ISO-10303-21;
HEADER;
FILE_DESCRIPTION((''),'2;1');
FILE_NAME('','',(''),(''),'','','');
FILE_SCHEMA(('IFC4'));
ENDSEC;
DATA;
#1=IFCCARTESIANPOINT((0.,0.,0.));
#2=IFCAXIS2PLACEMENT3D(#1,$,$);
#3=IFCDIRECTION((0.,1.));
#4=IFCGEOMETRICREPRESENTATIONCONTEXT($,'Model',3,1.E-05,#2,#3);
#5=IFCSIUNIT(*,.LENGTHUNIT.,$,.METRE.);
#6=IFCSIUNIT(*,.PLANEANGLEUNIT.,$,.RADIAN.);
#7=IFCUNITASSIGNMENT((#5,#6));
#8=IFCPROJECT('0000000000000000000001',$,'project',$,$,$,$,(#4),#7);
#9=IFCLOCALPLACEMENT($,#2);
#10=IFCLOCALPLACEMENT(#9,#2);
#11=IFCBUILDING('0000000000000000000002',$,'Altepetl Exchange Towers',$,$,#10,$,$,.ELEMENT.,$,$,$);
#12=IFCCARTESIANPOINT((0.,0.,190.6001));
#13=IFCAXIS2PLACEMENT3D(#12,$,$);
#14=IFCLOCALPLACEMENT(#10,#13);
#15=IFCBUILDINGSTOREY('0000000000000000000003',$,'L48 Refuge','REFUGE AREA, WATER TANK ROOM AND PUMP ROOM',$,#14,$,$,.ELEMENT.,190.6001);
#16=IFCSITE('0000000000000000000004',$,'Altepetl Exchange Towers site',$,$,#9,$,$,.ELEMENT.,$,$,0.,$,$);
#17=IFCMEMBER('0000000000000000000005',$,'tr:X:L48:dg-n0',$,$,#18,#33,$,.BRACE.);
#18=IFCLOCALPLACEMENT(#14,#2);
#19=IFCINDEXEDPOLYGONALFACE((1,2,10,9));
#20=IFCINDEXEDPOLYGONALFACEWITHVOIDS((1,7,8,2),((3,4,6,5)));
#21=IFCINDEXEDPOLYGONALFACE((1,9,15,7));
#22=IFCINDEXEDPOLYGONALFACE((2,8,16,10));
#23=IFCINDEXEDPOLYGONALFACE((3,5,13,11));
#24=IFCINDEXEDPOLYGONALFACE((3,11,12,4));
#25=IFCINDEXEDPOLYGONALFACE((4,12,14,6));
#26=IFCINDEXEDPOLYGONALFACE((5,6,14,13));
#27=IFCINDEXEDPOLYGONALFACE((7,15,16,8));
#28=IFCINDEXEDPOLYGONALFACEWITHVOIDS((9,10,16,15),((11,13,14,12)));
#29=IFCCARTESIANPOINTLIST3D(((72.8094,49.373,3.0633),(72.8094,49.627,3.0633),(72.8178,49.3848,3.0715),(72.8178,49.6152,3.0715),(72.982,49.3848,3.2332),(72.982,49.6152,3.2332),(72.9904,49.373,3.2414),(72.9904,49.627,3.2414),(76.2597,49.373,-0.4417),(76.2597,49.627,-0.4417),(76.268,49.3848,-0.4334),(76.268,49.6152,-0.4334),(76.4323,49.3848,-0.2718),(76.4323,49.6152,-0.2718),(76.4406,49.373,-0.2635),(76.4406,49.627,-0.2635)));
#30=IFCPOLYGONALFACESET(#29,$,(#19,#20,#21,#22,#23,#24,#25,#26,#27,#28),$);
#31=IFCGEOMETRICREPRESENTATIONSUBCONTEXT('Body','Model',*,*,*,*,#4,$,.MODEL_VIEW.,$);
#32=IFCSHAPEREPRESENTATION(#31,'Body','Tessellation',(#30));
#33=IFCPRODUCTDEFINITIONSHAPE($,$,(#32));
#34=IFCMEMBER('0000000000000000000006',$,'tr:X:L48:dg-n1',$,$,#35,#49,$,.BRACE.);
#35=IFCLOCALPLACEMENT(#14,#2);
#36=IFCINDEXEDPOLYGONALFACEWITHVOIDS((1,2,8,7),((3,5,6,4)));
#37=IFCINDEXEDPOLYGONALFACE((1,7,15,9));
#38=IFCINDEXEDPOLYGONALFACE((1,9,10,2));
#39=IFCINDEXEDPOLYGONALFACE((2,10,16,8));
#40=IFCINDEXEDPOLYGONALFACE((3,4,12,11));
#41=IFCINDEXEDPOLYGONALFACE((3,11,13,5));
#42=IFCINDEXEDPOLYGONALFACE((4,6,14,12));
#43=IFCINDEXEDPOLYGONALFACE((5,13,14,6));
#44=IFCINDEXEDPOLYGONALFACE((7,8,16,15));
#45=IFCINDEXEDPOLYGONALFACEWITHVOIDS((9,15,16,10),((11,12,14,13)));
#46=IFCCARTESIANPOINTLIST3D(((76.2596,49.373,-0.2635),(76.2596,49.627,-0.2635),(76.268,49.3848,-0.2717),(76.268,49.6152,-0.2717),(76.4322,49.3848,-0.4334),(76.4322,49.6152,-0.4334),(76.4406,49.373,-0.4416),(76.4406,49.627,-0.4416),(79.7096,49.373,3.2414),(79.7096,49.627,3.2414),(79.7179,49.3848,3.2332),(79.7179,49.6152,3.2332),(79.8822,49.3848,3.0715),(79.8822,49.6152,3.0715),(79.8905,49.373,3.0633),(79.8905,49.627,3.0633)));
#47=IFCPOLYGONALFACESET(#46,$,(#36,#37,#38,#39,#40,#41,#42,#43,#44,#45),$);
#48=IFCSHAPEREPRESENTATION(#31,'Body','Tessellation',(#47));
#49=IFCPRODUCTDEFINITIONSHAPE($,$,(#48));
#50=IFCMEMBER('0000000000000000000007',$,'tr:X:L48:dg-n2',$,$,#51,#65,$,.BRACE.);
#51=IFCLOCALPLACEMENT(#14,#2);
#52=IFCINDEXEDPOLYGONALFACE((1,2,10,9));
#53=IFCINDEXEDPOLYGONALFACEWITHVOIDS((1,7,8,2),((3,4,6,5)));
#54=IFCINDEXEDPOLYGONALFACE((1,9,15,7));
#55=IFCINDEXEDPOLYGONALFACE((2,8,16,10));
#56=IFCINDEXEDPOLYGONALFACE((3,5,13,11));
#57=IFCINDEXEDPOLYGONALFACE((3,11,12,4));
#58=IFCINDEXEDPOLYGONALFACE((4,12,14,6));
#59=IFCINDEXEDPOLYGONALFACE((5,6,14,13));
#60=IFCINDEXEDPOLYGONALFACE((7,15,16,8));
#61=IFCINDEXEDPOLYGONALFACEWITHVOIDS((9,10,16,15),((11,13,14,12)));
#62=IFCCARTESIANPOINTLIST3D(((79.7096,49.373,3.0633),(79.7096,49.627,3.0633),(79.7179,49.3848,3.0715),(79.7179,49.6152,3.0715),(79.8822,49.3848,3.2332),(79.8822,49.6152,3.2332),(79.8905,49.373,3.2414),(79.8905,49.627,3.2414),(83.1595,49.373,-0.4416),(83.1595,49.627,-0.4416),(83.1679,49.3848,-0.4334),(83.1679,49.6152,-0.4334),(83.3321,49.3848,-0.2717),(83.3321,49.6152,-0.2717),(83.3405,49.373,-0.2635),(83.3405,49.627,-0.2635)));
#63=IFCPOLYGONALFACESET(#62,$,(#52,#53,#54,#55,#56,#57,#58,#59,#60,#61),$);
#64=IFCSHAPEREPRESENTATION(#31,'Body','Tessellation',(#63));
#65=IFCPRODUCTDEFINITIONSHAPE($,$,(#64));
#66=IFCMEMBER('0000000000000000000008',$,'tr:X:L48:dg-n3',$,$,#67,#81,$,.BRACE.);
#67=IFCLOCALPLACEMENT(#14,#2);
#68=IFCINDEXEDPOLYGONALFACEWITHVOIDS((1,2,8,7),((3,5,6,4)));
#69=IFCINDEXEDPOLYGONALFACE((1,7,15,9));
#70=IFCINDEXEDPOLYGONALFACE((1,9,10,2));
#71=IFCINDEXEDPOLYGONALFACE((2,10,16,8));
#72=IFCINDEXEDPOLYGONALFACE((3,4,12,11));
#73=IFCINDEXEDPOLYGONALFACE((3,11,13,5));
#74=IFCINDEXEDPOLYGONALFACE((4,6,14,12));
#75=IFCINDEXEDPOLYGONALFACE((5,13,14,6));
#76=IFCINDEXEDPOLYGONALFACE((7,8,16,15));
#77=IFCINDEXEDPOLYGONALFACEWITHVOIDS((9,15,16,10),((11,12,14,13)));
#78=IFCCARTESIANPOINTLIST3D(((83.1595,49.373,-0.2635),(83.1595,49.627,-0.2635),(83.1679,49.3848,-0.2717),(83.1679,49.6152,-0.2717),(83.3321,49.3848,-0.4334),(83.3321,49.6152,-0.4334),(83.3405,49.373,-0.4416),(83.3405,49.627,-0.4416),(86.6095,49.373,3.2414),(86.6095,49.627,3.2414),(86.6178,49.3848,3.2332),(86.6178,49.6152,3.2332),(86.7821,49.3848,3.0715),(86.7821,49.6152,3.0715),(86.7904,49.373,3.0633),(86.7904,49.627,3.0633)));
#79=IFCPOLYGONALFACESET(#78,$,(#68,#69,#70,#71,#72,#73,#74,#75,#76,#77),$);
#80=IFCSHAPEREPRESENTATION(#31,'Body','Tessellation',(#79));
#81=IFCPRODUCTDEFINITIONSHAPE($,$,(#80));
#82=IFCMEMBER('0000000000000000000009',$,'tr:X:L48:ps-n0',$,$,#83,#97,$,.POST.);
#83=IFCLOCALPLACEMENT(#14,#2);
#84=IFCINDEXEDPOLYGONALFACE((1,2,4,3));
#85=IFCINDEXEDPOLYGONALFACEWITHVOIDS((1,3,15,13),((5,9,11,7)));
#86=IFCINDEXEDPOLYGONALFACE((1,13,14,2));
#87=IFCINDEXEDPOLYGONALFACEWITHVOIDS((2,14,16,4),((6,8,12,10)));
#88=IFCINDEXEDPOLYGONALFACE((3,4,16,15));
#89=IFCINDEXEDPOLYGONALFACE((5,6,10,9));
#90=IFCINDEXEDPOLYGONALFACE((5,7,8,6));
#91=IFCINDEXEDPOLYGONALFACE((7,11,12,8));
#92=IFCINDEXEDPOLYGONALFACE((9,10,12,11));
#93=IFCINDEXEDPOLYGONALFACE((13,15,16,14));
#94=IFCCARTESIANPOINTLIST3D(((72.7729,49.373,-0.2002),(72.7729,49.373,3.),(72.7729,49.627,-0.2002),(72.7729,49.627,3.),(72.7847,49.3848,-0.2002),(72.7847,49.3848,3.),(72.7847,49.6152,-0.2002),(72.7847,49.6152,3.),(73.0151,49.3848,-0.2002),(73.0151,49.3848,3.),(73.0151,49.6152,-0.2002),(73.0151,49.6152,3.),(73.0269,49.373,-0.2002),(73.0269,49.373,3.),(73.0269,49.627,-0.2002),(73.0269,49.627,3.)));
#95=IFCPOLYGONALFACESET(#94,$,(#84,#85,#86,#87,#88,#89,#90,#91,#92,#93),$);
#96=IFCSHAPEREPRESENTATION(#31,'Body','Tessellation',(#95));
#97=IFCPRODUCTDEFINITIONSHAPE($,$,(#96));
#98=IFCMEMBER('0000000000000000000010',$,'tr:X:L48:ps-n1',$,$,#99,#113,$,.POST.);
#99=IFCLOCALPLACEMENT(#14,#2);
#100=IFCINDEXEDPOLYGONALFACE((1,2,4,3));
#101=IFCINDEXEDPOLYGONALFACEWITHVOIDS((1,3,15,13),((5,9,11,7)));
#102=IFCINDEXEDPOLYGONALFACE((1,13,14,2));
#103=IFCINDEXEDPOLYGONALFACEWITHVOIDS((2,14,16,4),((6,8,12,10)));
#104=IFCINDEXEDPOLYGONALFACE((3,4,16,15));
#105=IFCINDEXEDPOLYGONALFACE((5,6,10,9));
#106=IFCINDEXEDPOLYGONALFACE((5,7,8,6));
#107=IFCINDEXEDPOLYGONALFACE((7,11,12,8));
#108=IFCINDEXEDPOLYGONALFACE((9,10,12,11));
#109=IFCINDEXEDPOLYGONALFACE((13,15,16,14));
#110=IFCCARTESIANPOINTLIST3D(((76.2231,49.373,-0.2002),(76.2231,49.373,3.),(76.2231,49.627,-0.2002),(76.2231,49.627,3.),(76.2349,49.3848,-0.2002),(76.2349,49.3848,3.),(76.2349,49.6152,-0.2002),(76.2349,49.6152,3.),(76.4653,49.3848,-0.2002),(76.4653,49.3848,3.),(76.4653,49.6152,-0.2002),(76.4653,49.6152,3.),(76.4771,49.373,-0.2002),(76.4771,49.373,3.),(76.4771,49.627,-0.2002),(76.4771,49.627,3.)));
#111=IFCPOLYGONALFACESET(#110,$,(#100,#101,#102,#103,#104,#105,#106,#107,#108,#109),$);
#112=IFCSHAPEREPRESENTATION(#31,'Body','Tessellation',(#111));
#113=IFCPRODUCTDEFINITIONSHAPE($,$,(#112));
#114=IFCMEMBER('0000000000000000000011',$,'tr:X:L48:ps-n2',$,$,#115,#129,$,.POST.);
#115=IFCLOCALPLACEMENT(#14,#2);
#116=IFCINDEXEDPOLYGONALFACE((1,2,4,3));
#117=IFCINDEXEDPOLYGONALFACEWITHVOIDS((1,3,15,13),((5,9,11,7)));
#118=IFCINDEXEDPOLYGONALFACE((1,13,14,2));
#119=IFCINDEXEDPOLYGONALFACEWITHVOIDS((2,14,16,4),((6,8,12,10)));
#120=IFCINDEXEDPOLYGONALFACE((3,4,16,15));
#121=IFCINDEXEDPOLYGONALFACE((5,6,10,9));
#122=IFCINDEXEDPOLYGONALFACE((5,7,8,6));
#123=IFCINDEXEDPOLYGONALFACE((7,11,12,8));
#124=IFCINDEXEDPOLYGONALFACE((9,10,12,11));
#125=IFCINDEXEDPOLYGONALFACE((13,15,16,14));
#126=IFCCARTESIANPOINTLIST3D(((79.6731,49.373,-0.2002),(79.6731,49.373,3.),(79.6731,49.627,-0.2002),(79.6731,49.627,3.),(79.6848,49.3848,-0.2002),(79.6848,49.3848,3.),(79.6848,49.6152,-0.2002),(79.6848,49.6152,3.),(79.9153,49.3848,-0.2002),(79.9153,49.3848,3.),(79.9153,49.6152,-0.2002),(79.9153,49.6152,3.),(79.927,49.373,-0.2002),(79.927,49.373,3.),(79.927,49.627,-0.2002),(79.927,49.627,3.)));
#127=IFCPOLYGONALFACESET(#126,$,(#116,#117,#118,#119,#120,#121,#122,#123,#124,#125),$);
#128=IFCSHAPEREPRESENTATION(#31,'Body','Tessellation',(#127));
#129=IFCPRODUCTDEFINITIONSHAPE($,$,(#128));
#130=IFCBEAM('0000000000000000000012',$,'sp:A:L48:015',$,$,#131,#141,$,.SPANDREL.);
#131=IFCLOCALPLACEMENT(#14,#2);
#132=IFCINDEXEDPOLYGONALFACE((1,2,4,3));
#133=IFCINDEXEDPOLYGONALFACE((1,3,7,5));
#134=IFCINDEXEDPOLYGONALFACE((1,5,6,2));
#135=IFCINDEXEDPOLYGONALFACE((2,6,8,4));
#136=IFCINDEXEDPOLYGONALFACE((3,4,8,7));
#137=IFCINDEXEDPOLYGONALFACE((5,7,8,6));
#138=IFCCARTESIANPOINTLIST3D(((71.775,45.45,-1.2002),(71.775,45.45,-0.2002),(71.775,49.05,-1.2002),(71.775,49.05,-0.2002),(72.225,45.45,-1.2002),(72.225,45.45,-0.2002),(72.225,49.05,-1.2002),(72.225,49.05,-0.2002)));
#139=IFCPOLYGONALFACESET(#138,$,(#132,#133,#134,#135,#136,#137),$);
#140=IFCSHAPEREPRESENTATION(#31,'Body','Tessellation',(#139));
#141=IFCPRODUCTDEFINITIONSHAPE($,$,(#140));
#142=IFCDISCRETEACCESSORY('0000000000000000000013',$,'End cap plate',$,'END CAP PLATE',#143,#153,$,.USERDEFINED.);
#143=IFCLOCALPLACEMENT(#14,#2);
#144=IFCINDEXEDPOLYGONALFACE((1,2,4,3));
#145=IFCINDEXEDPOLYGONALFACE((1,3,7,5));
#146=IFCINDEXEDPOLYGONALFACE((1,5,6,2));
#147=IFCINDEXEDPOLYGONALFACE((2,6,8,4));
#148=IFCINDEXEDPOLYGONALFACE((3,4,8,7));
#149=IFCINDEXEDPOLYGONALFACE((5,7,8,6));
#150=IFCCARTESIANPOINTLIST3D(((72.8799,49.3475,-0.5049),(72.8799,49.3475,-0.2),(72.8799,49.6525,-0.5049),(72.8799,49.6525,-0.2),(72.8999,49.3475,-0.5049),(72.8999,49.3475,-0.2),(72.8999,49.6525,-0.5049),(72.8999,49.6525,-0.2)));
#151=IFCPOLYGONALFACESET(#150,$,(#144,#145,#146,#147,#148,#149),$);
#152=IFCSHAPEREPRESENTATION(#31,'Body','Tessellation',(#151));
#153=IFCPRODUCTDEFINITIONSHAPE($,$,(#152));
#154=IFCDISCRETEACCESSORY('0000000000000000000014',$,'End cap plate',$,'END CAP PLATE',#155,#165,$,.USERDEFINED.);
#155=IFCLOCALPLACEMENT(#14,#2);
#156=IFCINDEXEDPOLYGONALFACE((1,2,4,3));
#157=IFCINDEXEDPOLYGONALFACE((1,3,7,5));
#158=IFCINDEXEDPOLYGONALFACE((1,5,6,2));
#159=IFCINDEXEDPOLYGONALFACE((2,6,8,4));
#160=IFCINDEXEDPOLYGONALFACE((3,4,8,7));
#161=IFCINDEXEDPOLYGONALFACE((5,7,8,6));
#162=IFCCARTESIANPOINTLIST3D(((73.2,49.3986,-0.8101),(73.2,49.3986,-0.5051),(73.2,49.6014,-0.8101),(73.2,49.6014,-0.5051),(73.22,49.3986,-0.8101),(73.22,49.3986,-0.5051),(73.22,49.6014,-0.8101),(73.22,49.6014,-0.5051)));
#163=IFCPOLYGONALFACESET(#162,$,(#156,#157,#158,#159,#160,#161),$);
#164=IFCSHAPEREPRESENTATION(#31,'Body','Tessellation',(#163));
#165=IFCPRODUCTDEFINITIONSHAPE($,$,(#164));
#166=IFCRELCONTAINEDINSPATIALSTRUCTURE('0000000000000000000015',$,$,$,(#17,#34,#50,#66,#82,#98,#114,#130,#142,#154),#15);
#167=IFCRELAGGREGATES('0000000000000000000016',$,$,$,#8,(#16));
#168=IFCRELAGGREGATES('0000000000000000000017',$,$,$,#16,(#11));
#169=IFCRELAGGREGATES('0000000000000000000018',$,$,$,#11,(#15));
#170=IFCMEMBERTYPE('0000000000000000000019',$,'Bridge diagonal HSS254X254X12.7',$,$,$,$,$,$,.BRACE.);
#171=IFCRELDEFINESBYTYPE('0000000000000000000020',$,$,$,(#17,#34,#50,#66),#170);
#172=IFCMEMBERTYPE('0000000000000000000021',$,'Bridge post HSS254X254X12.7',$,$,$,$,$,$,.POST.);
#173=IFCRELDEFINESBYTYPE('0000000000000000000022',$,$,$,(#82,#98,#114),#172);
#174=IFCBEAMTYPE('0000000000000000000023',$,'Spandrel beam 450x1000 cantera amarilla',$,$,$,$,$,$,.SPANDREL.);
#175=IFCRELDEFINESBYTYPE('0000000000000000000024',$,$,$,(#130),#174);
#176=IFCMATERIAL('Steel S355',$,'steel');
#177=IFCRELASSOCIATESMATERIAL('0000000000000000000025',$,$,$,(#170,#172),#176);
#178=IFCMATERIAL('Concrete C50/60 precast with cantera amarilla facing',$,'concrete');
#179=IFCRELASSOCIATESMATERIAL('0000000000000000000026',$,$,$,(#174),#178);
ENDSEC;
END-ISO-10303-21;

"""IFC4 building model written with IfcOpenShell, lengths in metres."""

from ifc_helpers import new_model, si_unit, direction, frame, origin, origin_2d, place, context, subcontext, project, spatial, rectangle, hollow_rectangle, extrude, material, material_profile, profile_set, type_object, element, save


model = new_model("IFC4")

# Units and contexts
model_context = context("Model", 3, precision=1e-05, world=origin(), true_north=direction((0.0, 1.0)))
body_context = subcontext(model_context, "Body", "Model", "MODEL_VIEW")
ifc_project = project(units=[si_unit("LENGTHUNIT", "METRE"), si_unit("PLANEANGLEUNIT", "RADIAN")], contexts=[model_context])

# Site, building, storey
site_placement = place(None, origin())
site = spatial("IfcSite", under=ifc_project, at=site_placement, Name="Altepetl Exchange Towers site", CompositionType="ELEMENT", RefElevation=0.0)
building_placement = place(site_placement, origin())
building = spatial("IfcBuilding", under=site, at=building_placement, Name="Altepetl Exchange Towers", CompositionType="ELEMENT")
storey_placement = place(building_placement, frame((0.0, 0.0, 190.6001)))
storey = spatial("IfcBuildingStorey", under=building, at=storey_placement, Name="L48 Refuge", Description="REFUGE AREA, WATER TANK ROOM AND PUMP ROOM", CompositionType="ELEMENT", Elevation=190.6001)

# Shared definitions
ifc_material_1 = material(Name="Steel S355", Category="steel")

# Members
ifc_material_profile_1 = material_profile(ifc_material_1, hollow_rectangle(XDim=0.2539, YDim=0.2539, WallThickness=0.0117, at=origin_2d()), Name="HSS254X254X12.7")
ifc_profile_set_1 = profile_set([ifc_material_profile_1], Name="Steel S355")
member_type_1 = type_object("IfcMemberType", Name="Bridge diagonal HSS254X254X12.7", PredefinedType="BRACE", material=ifc_profile_set_1)
member_placement = place(storey_placement, frame((72.8999, 49.5, 3.1523), z_axis=(0.701525, 0.0, -0.712645), x_axis=(0.0, 1.0, 0.0)))
element("IfcMember", 1, at=member_placement, inside=storey, type_object=member_type_1, Name="tr:X:L48:dg-n0", PredefinedType="BRACE", context=body_context, shape_type="SweptSolid", body=[
    extrude(hollow_rectangle(XDim=0.2539, YDim=0.2539, WallThickness=0.0117, at=origin_2d()), origin(), (0.0, 0.0, 1.0), 4.9182),
])
for number, where, z_axis, x_axis, name in (
    (2, (76.3501, 49.5, -0.3525), (0.7015, 0.0, 0.71267), (0.0, 1.0, 0.0), "tr:X:L48:dg-n1"),
    (3, (79.8, 49.5, 3.1523), (0.7015, 0.0, -0.71267), (0.0, 1.0, 0.0), "tr:X:L48:dg-n2"),
    (4, (83.25, 49.5, -0.3525), (0.7015, 0.0, 0.71267), (0.0, 1.0, 0.0), "tr:X:L48:dg-n3"),
):
    element("IfcMember", number, at=place(storey_placement, frame(where, z_axis=z_axis, x_axis=x_axis)), inside=storey, type_object=member_type_1, Name=name, PredefinedType="BRACE", context=body_context, shape_type="SweptSolid", body=[
        extrude(hollow_rectangle(XDim=0.2539, YDim=0.2539, WallThickness=0.0117, at=origin_2d()), origin(), (0.0, 0.0, 1.0), 4.918),
    ])
ifc_material_profile_2 = material_profile(ifc_material_1, hollow_rectangle(XDim=0.2539, YDim=0.2539, WallThickness=0.0117, at=origin_2d()), Name="HSS254X254X12.7")
ifc_profile_set_2 = profile_set([ifc_material_profile_2], Name="Steel S355")
member_type_2 = type_object("IfcMemberType", Name="Bridge post HSS254X254X12.7", PredefinedType="POST", material=ifc_profile_set_2)
for number, where, name in (
    (5, (72.8999, 49.5, -0.2002), "tr:X:L48:ps-n0"),
    (6, (76.3501, 49.5, -0.2002), "tr:X:L48:ps-n1"),
    (7, (79.8, 49.5, -0.2002), "tr:X:L48:ps-n2"),
):
    element("IfcMember", number, at=place(storey_placement, frame(where)), inside=storey, type_object=member_type_2, Name=name, PredefinedType="POST", context=body_context, shape_type="SweptSolid", body=[
        extrude(hollow_rectangle(XDim=0.2539, YDim=0.2539, WallThickness=0.0117, at=origin_2d()), origin(), (0.0, 0.0, 1.0), 3.2002),
    ])

# Beam
ifc_material_2 = material(Name="Concrete C50/60 precast with cantera amarilla facing", Category="concrete")
ifc_material_profile_3 = material_profile(ifc_material_2, rectangle(XDim=0.45, YDim=1.0, at=origin_2d()), Name="450 x 1000")
ifc_profile_set_3 = profile_set([ifc_material_profile_3], Name="Concrete C50/60 precast with cantera amarilla facing")
beam_type_1 = type_object("IfcBeamType", Name="Spandrel beam 450x1000 cantera amarilla", PredefinedType="SPANDREL", material=ifc_profile_set_3)
beam_1_placement = place(storey_placement, frame((72.0, 45.45, -0.7002), z_axis=(0.0, 1.0, 0.0), x_axis=(-1.0, 0.0, 0.0)))
element("IfcBeam", 8, at=beam_1_placement, inside=storey, type_object=beam_type_1, Name="sp:A:L48:015", PredefinedType="SPANDREL", context=body_context, shape_type="SweptSolid", body=[
    extrude(rectangle(XDim=0.45, YDim=1.0, at=origin_2d()), origin(), (0.0, 0.0, 1.0), 3.6001),
])

# Discrete accessories
discrete_accessory_1_placement = place(storey_placement, frame((72.8899, 49.5, -0.5049), z_axis=(0.0, 0.0, 1.0), x_axis=(-1.0, 0.0, 0.0)))
element("IfcDiscreteAccessory", 9, at=discrete_accessory_1_placement, inside=storey, Name="End cap plate", ObjectType="END CAP PLATE", PredefinedType="USERDEFINED", context=body_context, shape_type="SweptSolid", body=[
    extrude(rectangle(XDim=0.02, YDim=0.3049, at=origin_2d()), origin(), (0.0, 0.0, 1.0), 0.3049),
])
discrete_accessory_2_placement = place(storey_placement, frame((73.21, 49.5, -0.8101)))
element("IfcDiscreteAccessory", 10, at=discrete_accessory_2_placement, inside=storey, Name="End cap plate", ObjectType="END CAP PLATE", PredefinedType="USERDEFINED", context=body_context, shape_type="SweptSolid", body=[
    extrude(rectangle(XDim=0.02, YDim=0.2029, at=origin_2d()), origin(), (0.0, 0.0, 1.0), 0.3049),
])

save(model, "model.ifc")
